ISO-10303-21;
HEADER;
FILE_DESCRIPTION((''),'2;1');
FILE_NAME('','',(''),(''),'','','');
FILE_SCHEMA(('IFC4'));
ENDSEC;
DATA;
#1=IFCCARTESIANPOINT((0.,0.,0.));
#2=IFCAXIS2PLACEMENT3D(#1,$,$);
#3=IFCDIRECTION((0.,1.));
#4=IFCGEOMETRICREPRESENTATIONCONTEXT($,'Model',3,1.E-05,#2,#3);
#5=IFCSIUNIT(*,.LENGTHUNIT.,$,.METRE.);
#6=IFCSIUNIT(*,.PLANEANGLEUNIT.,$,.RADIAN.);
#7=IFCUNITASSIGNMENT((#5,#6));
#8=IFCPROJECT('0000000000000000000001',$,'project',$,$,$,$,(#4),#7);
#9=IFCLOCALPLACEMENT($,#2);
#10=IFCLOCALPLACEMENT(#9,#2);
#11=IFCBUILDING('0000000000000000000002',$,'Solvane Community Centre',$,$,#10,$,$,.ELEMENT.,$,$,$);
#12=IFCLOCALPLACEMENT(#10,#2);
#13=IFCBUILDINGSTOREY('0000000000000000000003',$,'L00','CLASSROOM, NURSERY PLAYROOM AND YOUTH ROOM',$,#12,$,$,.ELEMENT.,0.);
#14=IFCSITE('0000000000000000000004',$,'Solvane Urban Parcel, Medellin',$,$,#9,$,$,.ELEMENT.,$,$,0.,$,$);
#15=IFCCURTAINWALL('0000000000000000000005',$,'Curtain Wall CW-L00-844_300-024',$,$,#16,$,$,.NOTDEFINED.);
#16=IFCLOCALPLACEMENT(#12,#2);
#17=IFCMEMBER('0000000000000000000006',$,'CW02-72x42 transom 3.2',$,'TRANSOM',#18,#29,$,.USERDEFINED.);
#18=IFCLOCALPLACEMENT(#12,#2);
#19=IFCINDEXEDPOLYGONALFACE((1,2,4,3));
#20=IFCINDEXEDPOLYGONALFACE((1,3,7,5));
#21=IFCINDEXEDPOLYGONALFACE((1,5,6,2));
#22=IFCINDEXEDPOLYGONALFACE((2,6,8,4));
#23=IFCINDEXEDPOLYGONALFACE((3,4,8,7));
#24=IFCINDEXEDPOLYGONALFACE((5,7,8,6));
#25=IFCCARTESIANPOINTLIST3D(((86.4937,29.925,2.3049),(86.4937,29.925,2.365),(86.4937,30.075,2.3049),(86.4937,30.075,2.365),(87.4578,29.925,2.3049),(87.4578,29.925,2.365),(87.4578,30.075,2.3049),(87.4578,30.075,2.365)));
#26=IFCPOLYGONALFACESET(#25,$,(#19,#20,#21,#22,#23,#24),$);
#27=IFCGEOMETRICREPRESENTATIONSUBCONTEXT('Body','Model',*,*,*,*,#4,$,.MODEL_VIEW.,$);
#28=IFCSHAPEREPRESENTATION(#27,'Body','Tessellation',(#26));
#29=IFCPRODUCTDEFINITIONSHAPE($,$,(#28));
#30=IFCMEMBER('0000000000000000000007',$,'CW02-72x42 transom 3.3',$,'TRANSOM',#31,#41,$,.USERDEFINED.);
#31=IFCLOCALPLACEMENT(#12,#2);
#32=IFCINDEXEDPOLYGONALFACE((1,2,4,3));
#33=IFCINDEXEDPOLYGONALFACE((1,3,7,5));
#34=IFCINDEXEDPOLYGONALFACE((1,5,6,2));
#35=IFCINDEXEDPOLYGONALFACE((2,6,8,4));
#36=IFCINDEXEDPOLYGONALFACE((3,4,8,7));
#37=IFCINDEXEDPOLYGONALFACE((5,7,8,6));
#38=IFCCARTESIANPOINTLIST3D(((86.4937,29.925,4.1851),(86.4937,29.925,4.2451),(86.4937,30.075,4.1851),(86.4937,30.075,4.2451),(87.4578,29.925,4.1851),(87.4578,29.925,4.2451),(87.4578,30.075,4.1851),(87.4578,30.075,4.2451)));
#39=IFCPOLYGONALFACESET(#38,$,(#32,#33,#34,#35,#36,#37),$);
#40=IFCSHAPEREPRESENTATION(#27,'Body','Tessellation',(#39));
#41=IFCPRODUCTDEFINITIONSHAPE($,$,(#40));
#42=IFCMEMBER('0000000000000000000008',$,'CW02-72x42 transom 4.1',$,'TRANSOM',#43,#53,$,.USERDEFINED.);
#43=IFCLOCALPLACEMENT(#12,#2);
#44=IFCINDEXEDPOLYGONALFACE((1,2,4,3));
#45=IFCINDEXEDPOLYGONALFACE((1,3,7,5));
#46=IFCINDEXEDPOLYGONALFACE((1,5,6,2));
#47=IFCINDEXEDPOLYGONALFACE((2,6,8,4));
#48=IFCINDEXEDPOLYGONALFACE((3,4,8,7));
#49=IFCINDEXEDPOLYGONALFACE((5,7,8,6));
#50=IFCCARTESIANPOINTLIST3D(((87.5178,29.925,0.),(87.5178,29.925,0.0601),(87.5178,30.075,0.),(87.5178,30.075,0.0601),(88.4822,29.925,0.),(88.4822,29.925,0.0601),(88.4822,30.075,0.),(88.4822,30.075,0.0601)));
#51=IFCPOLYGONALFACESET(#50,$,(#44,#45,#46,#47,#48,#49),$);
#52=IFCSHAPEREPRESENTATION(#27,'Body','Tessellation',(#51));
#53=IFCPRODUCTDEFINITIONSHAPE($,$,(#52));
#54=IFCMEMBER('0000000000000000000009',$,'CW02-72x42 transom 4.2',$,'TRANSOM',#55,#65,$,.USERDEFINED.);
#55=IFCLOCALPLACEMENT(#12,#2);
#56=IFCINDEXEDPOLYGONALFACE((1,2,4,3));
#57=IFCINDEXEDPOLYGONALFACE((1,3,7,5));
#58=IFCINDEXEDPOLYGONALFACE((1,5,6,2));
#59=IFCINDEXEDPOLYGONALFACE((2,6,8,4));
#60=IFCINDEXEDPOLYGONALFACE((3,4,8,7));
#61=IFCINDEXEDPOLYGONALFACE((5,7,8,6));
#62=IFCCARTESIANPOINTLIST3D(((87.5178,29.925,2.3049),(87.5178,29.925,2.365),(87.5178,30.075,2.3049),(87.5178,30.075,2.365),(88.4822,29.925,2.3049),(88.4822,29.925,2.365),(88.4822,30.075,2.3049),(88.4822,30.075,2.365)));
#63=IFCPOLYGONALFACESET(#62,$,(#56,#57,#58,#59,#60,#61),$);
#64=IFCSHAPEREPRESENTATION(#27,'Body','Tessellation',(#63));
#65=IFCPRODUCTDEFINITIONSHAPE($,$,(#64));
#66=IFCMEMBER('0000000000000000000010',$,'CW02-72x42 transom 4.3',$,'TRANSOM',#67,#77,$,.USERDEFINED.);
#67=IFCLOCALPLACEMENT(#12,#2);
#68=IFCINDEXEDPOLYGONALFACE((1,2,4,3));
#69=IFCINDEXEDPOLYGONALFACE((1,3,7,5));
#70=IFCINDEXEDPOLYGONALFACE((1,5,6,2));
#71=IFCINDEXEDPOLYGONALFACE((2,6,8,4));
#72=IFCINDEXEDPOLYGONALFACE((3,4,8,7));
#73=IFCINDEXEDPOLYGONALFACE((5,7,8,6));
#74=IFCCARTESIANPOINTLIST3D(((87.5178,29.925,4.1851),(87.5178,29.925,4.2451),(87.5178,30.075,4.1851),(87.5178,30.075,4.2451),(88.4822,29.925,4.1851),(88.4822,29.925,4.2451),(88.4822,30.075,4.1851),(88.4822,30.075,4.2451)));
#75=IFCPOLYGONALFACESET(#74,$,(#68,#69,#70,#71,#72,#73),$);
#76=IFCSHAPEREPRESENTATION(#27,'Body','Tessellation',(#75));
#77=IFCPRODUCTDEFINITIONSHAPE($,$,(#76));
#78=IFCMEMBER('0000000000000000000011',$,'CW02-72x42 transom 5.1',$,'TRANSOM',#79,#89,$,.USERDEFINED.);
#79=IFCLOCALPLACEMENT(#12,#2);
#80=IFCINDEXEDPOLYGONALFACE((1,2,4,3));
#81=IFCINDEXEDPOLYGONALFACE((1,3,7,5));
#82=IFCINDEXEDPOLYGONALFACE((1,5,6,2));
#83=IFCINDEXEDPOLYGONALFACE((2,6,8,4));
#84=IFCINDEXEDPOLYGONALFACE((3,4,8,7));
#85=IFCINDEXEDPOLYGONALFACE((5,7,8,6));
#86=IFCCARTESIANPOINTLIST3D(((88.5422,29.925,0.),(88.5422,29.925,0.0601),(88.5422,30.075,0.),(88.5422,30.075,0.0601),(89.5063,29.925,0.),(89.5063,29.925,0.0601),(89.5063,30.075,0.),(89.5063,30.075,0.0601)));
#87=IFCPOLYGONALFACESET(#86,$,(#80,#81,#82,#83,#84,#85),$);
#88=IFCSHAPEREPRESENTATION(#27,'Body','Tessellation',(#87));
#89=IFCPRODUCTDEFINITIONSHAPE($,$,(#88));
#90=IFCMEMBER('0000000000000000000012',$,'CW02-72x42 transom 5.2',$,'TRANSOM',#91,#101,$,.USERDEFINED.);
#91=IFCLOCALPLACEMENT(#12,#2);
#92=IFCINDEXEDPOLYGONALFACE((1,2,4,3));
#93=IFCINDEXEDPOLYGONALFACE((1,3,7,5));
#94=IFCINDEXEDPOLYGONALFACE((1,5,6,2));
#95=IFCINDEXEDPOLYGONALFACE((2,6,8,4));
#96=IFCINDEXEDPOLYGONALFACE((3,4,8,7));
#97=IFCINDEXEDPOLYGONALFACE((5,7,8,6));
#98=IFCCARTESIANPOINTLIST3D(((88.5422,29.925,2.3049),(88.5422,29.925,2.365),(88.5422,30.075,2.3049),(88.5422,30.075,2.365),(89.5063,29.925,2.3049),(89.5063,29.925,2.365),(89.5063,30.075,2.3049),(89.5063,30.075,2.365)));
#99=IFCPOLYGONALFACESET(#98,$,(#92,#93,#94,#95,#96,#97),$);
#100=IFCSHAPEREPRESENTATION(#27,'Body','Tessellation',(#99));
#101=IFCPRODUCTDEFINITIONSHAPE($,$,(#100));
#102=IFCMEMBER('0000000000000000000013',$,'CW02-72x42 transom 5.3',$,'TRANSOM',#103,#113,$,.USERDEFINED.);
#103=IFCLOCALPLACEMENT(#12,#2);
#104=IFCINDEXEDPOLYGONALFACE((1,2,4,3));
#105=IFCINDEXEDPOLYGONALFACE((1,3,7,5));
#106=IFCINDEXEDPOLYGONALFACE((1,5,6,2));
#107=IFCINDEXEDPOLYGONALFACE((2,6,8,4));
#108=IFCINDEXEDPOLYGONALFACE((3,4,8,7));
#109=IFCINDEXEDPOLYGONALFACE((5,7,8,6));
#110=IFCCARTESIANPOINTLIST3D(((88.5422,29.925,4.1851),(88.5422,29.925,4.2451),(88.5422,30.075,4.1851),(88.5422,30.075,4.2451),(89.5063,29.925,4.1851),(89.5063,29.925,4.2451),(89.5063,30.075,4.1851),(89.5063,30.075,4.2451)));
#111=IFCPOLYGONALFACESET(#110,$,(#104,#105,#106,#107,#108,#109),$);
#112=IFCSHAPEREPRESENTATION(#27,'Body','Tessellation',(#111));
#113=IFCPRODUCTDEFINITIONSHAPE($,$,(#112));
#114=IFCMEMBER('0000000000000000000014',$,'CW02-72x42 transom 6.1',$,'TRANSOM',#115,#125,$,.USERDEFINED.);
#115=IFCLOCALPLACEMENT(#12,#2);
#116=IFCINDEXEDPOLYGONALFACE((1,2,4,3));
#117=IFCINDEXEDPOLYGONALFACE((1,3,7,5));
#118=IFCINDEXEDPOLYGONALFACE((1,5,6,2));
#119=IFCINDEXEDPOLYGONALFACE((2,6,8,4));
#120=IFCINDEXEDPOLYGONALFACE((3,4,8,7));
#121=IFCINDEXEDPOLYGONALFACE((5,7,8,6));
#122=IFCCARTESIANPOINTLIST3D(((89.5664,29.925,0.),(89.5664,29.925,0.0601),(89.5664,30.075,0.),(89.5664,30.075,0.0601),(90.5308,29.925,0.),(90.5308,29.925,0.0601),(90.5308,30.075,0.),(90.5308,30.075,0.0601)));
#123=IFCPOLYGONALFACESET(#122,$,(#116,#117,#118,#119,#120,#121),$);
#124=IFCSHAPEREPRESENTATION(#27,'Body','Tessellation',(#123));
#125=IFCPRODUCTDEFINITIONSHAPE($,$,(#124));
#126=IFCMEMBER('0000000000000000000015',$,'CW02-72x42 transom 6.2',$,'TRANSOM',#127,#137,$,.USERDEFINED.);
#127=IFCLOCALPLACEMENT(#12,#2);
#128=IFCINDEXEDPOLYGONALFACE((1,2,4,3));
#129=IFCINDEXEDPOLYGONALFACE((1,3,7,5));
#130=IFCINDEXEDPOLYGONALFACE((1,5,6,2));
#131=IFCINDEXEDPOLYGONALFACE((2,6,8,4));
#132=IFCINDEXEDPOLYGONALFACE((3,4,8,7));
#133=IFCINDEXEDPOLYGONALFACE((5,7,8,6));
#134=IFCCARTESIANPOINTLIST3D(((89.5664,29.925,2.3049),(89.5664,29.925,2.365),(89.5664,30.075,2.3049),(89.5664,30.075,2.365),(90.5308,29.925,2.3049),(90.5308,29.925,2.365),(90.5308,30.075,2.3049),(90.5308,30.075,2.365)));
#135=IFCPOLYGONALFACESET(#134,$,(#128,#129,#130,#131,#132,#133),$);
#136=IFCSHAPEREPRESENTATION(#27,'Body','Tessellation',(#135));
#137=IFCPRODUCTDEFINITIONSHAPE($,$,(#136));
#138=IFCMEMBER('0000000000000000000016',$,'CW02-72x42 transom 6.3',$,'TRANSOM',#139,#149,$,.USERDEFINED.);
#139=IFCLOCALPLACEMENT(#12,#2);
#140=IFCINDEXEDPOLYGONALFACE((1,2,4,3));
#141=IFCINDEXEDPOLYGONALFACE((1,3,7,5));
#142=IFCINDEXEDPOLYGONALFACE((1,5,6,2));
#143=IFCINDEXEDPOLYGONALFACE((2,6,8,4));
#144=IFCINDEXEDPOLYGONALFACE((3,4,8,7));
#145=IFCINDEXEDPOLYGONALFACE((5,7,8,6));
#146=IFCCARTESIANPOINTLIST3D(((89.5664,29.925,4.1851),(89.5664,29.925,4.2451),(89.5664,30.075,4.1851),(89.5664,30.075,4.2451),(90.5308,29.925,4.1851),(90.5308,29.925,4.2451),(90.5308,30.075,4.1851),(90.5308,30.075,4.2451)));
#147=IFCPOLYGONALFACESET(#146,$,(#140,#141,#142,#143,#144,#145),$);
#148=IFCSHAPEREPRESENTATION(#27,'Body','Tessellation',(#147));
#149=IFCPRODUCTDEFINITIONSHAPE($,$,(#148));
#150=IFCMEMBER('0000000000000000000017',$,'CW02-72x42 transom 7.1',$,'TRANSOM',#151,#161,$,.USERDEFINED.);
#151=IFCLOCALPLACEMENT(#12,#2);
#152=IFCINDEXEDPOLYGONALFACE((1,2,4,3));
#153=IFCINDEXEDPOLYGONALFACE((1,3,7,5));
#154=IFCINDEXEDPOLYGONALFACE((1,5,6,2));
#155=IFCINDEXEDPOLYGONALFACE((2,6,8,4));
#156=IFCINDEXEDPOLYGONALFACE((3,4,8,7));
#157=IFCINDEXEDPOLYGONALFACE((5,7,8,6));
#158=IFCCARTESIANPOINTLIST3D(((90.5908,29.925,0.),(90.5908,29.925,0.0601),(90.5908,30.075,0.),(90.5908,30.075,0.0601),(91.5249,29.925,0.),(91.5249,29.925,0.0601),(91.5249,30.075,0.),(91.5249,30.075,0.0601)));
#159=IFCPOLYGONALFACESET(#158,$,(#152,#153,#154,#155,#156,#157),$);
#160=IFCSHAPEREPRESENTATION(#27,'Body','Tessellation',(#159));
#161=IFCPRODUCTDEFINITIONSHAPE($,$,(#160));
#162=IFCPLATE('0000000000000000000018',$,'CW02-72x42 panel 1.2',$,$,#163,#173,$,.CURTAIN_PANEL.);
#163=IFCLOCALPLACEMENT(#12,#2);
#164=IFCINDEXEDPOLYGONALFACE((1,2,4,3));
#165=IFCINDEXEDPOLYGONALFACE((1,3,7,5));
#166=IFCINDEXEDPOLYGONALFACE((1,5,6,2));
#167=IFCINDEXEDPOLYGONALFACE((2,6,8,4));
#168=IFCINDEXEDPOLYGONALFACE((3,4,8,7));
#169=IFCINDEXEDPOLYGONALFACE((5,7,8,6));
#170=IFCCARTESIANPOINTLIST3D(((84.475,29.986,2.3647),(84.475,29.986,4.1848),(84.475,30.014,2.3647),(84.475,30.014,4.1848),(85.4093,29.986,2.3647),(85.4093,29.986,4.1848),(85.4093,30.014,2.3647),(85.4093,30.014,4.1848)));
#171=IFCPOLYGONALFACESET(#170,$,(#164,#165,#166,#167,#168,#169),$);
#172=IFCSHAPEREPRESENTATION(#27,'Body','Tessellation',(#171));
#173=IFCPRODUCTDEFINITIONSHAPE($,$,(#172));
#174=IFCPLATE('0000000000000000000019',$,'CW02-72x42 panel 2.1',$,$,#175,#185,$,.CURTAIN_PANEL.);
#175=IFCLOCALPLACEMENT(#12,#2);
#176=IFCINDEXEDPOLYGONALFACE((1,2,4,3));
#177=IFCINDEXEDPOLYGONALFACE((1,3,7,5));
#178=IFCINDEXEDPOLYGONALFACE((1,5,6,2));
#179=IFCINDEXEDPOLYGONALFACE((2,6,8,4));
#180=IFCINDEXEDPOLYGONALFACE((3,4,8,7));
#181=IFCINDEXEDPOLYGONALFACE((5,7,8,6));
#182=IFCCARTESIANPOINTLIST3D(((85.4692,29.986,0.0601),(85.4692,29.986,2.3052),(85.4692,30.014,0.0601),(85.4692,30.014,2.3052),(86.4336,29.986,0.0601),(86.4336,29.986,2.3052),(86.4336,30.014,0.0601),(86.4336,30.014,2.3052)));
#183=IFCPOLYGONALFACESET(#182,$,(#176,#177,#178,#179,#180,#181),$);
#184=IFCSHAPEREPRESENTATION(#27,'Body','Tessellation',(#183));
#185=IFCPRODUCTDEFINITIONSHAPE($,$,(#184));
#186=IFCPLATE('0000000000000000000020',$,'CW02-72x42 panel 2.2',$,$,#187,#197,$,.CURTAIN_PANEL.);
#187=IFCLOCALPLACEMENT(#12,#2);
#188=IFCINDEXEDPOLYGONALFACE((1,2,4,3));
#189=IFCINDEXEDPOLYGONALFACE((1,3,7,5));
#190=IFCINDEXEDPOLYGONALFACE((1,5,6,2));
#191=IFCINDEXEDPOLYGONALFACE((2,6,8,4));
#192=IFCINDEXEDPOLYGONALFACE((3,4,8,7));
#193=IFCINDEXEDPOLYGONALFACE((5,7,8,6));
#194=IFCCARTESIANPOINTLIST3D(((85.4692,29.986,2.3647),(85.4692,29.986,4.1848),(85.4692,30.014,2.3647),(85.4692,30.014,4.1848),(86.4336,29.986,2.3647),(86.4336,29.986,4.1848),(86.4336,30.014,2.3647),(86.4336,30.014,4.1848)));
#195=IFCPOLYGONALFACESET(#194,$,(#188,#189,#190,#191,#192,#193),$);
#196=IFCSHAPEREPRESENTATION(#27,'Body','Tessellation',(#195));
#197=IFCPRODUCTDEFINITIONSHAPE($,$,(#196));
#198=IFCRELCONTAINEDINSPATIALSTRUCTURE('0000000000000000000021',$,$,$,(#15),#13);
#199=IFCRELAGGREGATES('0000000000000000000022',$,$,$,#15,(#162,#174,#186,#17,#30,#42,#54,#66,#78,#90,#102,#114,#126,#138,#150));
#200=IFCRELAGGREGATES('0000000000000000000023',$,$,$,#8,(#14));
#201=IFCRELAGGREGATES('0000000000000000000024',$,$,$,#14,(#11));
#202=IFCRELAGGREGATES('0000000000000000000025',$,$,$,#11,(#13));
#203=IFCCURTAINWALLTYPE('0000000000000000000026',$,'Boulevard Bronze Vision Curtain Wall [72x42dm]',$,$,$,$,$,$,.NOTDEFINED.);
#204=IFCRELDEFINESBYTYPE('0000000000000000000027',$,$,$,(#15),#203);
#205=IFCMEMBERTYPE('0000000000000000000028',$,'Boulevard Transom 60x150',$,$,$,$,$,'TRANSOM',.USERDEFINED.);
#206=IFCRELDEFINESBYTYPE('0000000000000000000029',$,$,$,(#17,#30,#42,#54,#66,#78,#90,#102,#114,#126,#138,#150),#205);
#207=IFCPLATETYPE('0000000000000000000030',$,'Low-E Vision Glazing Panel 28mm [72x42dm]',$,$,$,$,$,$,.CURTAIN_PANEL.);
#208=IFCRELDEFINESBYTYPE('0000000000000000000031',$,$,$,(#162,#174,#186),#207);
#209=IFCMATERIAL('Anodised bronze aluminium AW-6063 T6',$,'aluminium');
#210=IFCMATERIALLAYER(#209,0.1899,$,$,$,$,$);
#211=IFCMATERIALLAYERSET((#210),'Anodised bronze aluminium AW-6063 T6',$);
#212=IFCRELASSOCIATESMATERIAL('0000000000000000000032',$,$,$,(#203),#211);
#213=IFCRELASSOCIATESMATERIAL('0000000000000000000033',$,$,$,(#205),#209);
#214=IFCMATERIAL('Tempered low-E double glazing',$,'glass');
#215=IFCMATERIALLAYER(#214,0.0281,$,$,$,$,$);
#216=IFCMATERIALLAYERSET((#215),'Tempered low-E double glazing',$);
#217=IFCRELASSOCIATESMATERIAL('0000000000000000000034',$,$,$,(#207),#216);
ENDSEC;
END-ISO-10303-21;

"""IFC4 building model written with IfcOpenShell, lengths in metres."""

from ifc_helpers import new_model, si_unit, direction, frame, origin, origin_2d, place, context, subcontext, project, spatial, rectangle, extrude, material, layer, layer_set, material_profile, profile_set, type_object, element, aggregate, save


model = new_model("IFC4")

# Units and contexts
model_context = context("Model", 3, precision=1e-05, world=origin(), true_north=direction((0.0, 1.0)))
body_context = subcontext(model_context, "Body", "Model", "MODEL_VIEW")
ifc_project = project(units=[si_unit("LENGTHUNIT", "METRE"), si_unit("PLANEANGLEUNIT", "RADIAN")], contexts=[model_context])

# Site, building, storey
site_placement = place(None, origin())
site = spatial("IfcSite", under=ifc_project, at=site_placement, Name="Solvane Urban Parcel, Medellin", CompositionType="ELEMENT", RefElevation=0.0)
building_placement = place(site_placement, origin())
building = spatial("IfcBuilding", under=site, at=building_placement, Name="Solvane Community Centre", CompositionType="ELEMENT")
storey_placement = place(building_placement, origin())
storey = spatial("IfcBuildingStorey", under=building, at=storey_placement, Name="L00", Description="CLASSROOM, NURSERY PLAYROOM AND YOUTH ROOM", CompositionType="ELEMENT", Elevation=0.0)

# Curtain wall, members, plates
ifc_material_1 = material(Name="Anodised bronze aluminium AW-6063 T6", Category="aluminium")
ifc_layer_1 = layer(ifc_material_1, 0.1899)
ifc_layer_set_1 = layer_set([ifc_layer_1], Name="Anodised bronze aluminium AW-6063 T6")
curtain_wall_type = type_object("IfcCurtainWallType", Name="Boulevard Bronze Vision Curtain Wall [72x42dm]", PredefinedType="NOTDEFINED", material=ifc_layer_set_1)
curtain_wall_placement = place(storey_placement, origin())
curtain_wall = element("IfcCurtainWall", 1, at=curtain_wall_placement, inside=storey, type_object=curtain_wall_type, Name="Curtain Wall CW-L00-844_300-024", PredefinedType="NOTDEFINED")
ifc_material_profile_1 = material_profile(ifc_material_1, rectangle(XDim=0.1499, YDim=0.0601, at=origin_2d()), Name="CW-T 60x150")
ifc_profile_set_1 = profile_set([ifc_material_profile_1], Name="Anodised bronze aluminium AW-6063 T6")
member_type_1 = type_object("IfcMemberType", Name="Boulevard Transom 60x150", ElementType="TRANSOM", PredefinedType="USERDEFINED", material=ifc_profile_set_1)
member_1_placement = place(storey_placement, frame((86.4937, 30.0, 2.335), z_axis=(1.0, 0.0, 0.0), x_axis=(0.0, 1.0, 0.0)))
member_1 = element("IfcMember", 2, at=member_1_placement, type_object=member_type_1, Name="CW02-72x42 transom 3.2", ObjectType="TRANSOM", PredefinedType="USERDEFINED", context=body_context, shape_type="SweptSolid", body=[
    extrude(rectangle(XDim=0.1499, YDim=0.0601, at=origin_2d()), origin(), (0.0, 0.0, 1.0), 0.9641),
])
member_2_placement = place(storey_placement, frame((86.4937, 30.0, 4.2151), z_axis=(1.0, 0.0, 0.0), x_axis=(0.0, 1.0, 0.0)))
member_2 = element("IfcMember", 3, at=member_2_placement, type_object=member_type_1, Name="CW02-72x42 transom 3.3", ObjectType="TRANSOM", PredefinedType="USERDEFINED", context=body_context, shape_type="SweptSolid", body=[
    extrude(rectangle(XDim=0.1499, YDim=0.0601, at=origin_2d()), origin(), (0.0, 0.0, 1.0), 0.9641),
])
member_3_placement = place(storey_placement, frame((87.5178, 30.0, 0.03), z_axis=(1.0, 0.0, 0.0), x_axis=(0.0, 1.0, 0.0)))
member_3 = element("IfcMember", 4, at=member_3_placement, type_object=member_type_1, Name="CW02-72x42 transom 4.1", ObjectType="TRANSOM", PredefinedType="USERDEFINED", context=body_context, shape_type="SweptSolid", body=[
    extrude(rectangle(XDim=0.1499, YDim=0.0601, at=origin_2d()), origin(), (0.0, 0.0, 1.0), 0.9644),
])
member_4_placement = place(storey_placement, frame((87.5178, 30.0, 2.335), z_axis=(1.0, 0.0, 0.0), x_axis=(0.0, 1.0, 0.0)))
member_4 = element("IfcMember", 5, at=member_4_placement, type_object=member_type_1, Name="CW02-72x42 transom 4.2", ObjectType="TRANSOM", PredefinedType="USERDEFINED", context=body_context, shape_type="SweptSolid", body=[
    extrude(rectangle(XDim=0.1499, YDim=0.0601, at=origin_2d()), origin(), (0.0, 0.0, 1.0), 0.9644),
])
member_5_placement = place(storey_placement, frame((87.5178, 30.0, 4.2151), z_axis=(1.0, 0.0, 0.0), x_axis=(0.0, 1.0, 0.0)))
member_5 = element("IfcMember", 6, at=member_5_placement, type_object=member_type_1, Name="CW02-72x42 transom 4.3", ObjectType="TRANSOM", PredefinedType="USERDEFINED", context=body_context, shape_type="SweptSolid", body=[
    extrude(rectangle(XDim=0.1499, YDim=0.0601, at=origin_2d()), origin(), (0.0, 0.0, 1.0), 0.9644),
])
member_6_placement = place(storey_placement, frame((88.5422, 30.0, 0.03), z_axis=(1.0, 0.0, 0.0), x_axis=(0.0, 1.0, 0.0)))
member_6 = element("IfcMember", 7, at=member_6_placement, type_object=member_type_1, Name="CW02-72x42 transom 5.1", ObjectType="TRANSOM", PredefinedType="USERDEFINED", context=body_context, shape_type="SweptSolid", body=[
    extrude(rectangle(XDim=0.1499, YDim=0.0601, at=origin_2d()), origin(), (0.0, 0.0, 1.0), 0.9641),
])
member_7_placement = place(storey_placement, frame((88.5422, 30.0, 2.335), z_axis=(1.0, 0.0, 0.0), x_axis=(0.0, 1.0, 0.0)))
member_7 = element("IfcMember", 8, at=member_7_placement, type_object=member_type_1, Name="CW02-72x42 transom 5.2", ObjectType="TRANSOM", PredefinedType="USERDEFINED", context=body_context, shape_type="SweptSolid", body=[
    extrude(rectangle(XDim=0.1499, YDim=0.0601, at=origin_2d()), origin(), (0.0, 0.0, 1.0), 0.9641),
])
member_8_placement = place(storey_placement, frame((88.5422, 30.0, 4.2151), z_axis=(1.0, 0.0, 0.0), x_axis=(0.0, 1.0, 0.0)))
member_8 = element("IfcMember", 9, at=member_8_placement, type_object=member_type_1, Name="CW02-72x42 transom 5.3", ObjectType="TRANSOM", PredefinedType="USERDEFINED", context=body_context, shape_type="SweptSolid", body=[
    extrude(rectangle(XDim=0.1499, YDim=0.0601, at=origin_2d()), origin(), (0.0, 0.0, 1.0), 0.9641),
])
member_9_placement = place(storey_placement, frame((89.5664, 30.0, 0.03), z_axis=(1.0, 0.0, 0.0), x_axis=(0.0, 1.0, 0.0)))
member_9 = element("IfcMember", 10, at=member_9_placement, type_object=member_type_1, Name="CW02-72x42 transom 6.1", ObjectType="TRANSOM", PredefinedType="USERDEFINED", context=body_context, shape_type="SweptSolid", body=[
    extrude(rectangle(XDim=0.1499, YDim=0.0601, at=origin_2d()), origin(), (0.0, 0.0, 1.0), 0.9644),
])
member_10_placement = place(storey_placement, frame((89.5664, 30.0, 2.335), z_axis=(1.0, 0.0, 0.0), x_axis=(0.0, 1.0, 0.0)))
member_10 = element("IfcMember", 11, at=member_10_placement, type_object=member_type_1, Name="CW02-72x42 transom 6.2", ObjectType="TRANSOM", PredefinedType="USERDEFINED", context=body_context, shape_type="SweptSolid", body=[
    extrude(rectangle(XDim=0.1499, YDim=0.0601, at=origin_2d()), origin(), (0.0, 0.0, 1.0), 0.9644),
])
member_11_placement = place(storey_placement, frame((89.5664, 30.0, 4.2151), z_axis=(1.0, 0.0, 0.0), x_axis=(0.0, 1.0, 0.0)))
member_11 = element("IfcMember", 12, at=member_11_placement, type_object=member_type_1, Name="CW02-72x42 transom 6.3", ObjectType="TRANSOM", PredefinedType="USERDEFINED", context=body_context, shape_type="SweptSolid", body=[
    extrude(rectangle(XDim=0.1499, YDim=0.0601, at=origin_2d()), origin(), (0.0, 0.0, 1.0), 0.9644),
])
member_12_placement = place(storey_placement, frame((90.5908, 30.0, 0.03), z_axis=(1.0, 0.0, 0.0), x_axis=(0.0, 1.0, 0.0)))
member_12 = element("IfcMember", 13, at=member_12_placement, type_object=member_type_1, Name="CW02-72x42 transom 7.1", ObjectType="TRANSOM", PredefinedType="USERDEFINED", context=body_context, shape_type="SweptSolid", body=[
    extrude(rectangle(XDim=0.1499, YDim=0.0601, at=origin_2d()), origin(), (0.0, 0.0, 1.0), 0.9341),
])
ifc_material_2 = material(Name="Tempered low-E double glazing", Category="glass")
ifc_layer_2 = layer(ifc_material_2, 0.0281)
ifc_layer_set_2 = layer_set([ifc_layer_2], Name="Tempered low-E double glazing")
plate_type = type_object("IfcPlateType", Name="Low-E Vision Glazing Panel 28mm [72x42dm]", PredefinedType="CURTAIN_PANEL", material=ifc_layer_set_2)
plate_1_placement = place(storey_placement, frame((84.9421, 30.0, 2.3647), z_axis=(0.0, 0.0, 1.0), x_axis=(1.0, 0.0, 0.0)))
plate_1 = element("IfcPlate", 14, at=plate_1_placement, type_object=plate_type, Name="CW02-72x42 panel 1.2", PredefinedType="CURTAIN_PANEL", context=body_context, shape_type="SweptSolid", body=[
    extrude(rectangle(XDim=0.9343, YDim=0.0281, at=origin_2d()), origin(), (0.0, 0.0, 1.0), 1.8201),
])
plate_2_placement = place(storey_placement, frame((85.9514, 30.0, 0.0601), z_axis=(0.0, 0.0, 1.0), x_axis=(1.0, 0.0, 0.0)))
plate_2 = element("IfcPlate", 15, at=plate_2_placement, type_object=plate_type, Name="CW02-72x42 panel 2.1", PredefinedType="CURTAIN_PANEL", context=body_context, shape_type="SweptSolid", body=[
    extrude(rectangle(XDim=0.9644, YDim=0.0281, at=origin_2d()), origin(), (0.0, 0.0, 1.0), 2.2451),
])
plate_3_placement = place(storey_placement, frame((85.9514, 30.0, 2.3647), z_axis=(0.0, 0.0, 1.0), x_axis=(1.0, 0.0, 0.0)))
plate_3 = element("IfcPlate", 16, at=plate_3_placement, type_object=plate_type, Name="CW02-72x42 panel 2.2", PredefinedType="CURTAIN_PANEL", context=body_context, shape_type="SweptSolid", body=[
    extrude(rectangle(XDim=0.9644, YDim=0.0281, at=origin_2d()), origin(), (0.0, 0.0, 1.0), 1.8201),
])
aggregate(curtain_wall, [plate_1, plate_2, plate_3, member_1, member_2, member_3, member_4, member_5, member_6, member_7, member_8, member_9, member_10, member_11, member_12])

save(model, "model.ifc")
